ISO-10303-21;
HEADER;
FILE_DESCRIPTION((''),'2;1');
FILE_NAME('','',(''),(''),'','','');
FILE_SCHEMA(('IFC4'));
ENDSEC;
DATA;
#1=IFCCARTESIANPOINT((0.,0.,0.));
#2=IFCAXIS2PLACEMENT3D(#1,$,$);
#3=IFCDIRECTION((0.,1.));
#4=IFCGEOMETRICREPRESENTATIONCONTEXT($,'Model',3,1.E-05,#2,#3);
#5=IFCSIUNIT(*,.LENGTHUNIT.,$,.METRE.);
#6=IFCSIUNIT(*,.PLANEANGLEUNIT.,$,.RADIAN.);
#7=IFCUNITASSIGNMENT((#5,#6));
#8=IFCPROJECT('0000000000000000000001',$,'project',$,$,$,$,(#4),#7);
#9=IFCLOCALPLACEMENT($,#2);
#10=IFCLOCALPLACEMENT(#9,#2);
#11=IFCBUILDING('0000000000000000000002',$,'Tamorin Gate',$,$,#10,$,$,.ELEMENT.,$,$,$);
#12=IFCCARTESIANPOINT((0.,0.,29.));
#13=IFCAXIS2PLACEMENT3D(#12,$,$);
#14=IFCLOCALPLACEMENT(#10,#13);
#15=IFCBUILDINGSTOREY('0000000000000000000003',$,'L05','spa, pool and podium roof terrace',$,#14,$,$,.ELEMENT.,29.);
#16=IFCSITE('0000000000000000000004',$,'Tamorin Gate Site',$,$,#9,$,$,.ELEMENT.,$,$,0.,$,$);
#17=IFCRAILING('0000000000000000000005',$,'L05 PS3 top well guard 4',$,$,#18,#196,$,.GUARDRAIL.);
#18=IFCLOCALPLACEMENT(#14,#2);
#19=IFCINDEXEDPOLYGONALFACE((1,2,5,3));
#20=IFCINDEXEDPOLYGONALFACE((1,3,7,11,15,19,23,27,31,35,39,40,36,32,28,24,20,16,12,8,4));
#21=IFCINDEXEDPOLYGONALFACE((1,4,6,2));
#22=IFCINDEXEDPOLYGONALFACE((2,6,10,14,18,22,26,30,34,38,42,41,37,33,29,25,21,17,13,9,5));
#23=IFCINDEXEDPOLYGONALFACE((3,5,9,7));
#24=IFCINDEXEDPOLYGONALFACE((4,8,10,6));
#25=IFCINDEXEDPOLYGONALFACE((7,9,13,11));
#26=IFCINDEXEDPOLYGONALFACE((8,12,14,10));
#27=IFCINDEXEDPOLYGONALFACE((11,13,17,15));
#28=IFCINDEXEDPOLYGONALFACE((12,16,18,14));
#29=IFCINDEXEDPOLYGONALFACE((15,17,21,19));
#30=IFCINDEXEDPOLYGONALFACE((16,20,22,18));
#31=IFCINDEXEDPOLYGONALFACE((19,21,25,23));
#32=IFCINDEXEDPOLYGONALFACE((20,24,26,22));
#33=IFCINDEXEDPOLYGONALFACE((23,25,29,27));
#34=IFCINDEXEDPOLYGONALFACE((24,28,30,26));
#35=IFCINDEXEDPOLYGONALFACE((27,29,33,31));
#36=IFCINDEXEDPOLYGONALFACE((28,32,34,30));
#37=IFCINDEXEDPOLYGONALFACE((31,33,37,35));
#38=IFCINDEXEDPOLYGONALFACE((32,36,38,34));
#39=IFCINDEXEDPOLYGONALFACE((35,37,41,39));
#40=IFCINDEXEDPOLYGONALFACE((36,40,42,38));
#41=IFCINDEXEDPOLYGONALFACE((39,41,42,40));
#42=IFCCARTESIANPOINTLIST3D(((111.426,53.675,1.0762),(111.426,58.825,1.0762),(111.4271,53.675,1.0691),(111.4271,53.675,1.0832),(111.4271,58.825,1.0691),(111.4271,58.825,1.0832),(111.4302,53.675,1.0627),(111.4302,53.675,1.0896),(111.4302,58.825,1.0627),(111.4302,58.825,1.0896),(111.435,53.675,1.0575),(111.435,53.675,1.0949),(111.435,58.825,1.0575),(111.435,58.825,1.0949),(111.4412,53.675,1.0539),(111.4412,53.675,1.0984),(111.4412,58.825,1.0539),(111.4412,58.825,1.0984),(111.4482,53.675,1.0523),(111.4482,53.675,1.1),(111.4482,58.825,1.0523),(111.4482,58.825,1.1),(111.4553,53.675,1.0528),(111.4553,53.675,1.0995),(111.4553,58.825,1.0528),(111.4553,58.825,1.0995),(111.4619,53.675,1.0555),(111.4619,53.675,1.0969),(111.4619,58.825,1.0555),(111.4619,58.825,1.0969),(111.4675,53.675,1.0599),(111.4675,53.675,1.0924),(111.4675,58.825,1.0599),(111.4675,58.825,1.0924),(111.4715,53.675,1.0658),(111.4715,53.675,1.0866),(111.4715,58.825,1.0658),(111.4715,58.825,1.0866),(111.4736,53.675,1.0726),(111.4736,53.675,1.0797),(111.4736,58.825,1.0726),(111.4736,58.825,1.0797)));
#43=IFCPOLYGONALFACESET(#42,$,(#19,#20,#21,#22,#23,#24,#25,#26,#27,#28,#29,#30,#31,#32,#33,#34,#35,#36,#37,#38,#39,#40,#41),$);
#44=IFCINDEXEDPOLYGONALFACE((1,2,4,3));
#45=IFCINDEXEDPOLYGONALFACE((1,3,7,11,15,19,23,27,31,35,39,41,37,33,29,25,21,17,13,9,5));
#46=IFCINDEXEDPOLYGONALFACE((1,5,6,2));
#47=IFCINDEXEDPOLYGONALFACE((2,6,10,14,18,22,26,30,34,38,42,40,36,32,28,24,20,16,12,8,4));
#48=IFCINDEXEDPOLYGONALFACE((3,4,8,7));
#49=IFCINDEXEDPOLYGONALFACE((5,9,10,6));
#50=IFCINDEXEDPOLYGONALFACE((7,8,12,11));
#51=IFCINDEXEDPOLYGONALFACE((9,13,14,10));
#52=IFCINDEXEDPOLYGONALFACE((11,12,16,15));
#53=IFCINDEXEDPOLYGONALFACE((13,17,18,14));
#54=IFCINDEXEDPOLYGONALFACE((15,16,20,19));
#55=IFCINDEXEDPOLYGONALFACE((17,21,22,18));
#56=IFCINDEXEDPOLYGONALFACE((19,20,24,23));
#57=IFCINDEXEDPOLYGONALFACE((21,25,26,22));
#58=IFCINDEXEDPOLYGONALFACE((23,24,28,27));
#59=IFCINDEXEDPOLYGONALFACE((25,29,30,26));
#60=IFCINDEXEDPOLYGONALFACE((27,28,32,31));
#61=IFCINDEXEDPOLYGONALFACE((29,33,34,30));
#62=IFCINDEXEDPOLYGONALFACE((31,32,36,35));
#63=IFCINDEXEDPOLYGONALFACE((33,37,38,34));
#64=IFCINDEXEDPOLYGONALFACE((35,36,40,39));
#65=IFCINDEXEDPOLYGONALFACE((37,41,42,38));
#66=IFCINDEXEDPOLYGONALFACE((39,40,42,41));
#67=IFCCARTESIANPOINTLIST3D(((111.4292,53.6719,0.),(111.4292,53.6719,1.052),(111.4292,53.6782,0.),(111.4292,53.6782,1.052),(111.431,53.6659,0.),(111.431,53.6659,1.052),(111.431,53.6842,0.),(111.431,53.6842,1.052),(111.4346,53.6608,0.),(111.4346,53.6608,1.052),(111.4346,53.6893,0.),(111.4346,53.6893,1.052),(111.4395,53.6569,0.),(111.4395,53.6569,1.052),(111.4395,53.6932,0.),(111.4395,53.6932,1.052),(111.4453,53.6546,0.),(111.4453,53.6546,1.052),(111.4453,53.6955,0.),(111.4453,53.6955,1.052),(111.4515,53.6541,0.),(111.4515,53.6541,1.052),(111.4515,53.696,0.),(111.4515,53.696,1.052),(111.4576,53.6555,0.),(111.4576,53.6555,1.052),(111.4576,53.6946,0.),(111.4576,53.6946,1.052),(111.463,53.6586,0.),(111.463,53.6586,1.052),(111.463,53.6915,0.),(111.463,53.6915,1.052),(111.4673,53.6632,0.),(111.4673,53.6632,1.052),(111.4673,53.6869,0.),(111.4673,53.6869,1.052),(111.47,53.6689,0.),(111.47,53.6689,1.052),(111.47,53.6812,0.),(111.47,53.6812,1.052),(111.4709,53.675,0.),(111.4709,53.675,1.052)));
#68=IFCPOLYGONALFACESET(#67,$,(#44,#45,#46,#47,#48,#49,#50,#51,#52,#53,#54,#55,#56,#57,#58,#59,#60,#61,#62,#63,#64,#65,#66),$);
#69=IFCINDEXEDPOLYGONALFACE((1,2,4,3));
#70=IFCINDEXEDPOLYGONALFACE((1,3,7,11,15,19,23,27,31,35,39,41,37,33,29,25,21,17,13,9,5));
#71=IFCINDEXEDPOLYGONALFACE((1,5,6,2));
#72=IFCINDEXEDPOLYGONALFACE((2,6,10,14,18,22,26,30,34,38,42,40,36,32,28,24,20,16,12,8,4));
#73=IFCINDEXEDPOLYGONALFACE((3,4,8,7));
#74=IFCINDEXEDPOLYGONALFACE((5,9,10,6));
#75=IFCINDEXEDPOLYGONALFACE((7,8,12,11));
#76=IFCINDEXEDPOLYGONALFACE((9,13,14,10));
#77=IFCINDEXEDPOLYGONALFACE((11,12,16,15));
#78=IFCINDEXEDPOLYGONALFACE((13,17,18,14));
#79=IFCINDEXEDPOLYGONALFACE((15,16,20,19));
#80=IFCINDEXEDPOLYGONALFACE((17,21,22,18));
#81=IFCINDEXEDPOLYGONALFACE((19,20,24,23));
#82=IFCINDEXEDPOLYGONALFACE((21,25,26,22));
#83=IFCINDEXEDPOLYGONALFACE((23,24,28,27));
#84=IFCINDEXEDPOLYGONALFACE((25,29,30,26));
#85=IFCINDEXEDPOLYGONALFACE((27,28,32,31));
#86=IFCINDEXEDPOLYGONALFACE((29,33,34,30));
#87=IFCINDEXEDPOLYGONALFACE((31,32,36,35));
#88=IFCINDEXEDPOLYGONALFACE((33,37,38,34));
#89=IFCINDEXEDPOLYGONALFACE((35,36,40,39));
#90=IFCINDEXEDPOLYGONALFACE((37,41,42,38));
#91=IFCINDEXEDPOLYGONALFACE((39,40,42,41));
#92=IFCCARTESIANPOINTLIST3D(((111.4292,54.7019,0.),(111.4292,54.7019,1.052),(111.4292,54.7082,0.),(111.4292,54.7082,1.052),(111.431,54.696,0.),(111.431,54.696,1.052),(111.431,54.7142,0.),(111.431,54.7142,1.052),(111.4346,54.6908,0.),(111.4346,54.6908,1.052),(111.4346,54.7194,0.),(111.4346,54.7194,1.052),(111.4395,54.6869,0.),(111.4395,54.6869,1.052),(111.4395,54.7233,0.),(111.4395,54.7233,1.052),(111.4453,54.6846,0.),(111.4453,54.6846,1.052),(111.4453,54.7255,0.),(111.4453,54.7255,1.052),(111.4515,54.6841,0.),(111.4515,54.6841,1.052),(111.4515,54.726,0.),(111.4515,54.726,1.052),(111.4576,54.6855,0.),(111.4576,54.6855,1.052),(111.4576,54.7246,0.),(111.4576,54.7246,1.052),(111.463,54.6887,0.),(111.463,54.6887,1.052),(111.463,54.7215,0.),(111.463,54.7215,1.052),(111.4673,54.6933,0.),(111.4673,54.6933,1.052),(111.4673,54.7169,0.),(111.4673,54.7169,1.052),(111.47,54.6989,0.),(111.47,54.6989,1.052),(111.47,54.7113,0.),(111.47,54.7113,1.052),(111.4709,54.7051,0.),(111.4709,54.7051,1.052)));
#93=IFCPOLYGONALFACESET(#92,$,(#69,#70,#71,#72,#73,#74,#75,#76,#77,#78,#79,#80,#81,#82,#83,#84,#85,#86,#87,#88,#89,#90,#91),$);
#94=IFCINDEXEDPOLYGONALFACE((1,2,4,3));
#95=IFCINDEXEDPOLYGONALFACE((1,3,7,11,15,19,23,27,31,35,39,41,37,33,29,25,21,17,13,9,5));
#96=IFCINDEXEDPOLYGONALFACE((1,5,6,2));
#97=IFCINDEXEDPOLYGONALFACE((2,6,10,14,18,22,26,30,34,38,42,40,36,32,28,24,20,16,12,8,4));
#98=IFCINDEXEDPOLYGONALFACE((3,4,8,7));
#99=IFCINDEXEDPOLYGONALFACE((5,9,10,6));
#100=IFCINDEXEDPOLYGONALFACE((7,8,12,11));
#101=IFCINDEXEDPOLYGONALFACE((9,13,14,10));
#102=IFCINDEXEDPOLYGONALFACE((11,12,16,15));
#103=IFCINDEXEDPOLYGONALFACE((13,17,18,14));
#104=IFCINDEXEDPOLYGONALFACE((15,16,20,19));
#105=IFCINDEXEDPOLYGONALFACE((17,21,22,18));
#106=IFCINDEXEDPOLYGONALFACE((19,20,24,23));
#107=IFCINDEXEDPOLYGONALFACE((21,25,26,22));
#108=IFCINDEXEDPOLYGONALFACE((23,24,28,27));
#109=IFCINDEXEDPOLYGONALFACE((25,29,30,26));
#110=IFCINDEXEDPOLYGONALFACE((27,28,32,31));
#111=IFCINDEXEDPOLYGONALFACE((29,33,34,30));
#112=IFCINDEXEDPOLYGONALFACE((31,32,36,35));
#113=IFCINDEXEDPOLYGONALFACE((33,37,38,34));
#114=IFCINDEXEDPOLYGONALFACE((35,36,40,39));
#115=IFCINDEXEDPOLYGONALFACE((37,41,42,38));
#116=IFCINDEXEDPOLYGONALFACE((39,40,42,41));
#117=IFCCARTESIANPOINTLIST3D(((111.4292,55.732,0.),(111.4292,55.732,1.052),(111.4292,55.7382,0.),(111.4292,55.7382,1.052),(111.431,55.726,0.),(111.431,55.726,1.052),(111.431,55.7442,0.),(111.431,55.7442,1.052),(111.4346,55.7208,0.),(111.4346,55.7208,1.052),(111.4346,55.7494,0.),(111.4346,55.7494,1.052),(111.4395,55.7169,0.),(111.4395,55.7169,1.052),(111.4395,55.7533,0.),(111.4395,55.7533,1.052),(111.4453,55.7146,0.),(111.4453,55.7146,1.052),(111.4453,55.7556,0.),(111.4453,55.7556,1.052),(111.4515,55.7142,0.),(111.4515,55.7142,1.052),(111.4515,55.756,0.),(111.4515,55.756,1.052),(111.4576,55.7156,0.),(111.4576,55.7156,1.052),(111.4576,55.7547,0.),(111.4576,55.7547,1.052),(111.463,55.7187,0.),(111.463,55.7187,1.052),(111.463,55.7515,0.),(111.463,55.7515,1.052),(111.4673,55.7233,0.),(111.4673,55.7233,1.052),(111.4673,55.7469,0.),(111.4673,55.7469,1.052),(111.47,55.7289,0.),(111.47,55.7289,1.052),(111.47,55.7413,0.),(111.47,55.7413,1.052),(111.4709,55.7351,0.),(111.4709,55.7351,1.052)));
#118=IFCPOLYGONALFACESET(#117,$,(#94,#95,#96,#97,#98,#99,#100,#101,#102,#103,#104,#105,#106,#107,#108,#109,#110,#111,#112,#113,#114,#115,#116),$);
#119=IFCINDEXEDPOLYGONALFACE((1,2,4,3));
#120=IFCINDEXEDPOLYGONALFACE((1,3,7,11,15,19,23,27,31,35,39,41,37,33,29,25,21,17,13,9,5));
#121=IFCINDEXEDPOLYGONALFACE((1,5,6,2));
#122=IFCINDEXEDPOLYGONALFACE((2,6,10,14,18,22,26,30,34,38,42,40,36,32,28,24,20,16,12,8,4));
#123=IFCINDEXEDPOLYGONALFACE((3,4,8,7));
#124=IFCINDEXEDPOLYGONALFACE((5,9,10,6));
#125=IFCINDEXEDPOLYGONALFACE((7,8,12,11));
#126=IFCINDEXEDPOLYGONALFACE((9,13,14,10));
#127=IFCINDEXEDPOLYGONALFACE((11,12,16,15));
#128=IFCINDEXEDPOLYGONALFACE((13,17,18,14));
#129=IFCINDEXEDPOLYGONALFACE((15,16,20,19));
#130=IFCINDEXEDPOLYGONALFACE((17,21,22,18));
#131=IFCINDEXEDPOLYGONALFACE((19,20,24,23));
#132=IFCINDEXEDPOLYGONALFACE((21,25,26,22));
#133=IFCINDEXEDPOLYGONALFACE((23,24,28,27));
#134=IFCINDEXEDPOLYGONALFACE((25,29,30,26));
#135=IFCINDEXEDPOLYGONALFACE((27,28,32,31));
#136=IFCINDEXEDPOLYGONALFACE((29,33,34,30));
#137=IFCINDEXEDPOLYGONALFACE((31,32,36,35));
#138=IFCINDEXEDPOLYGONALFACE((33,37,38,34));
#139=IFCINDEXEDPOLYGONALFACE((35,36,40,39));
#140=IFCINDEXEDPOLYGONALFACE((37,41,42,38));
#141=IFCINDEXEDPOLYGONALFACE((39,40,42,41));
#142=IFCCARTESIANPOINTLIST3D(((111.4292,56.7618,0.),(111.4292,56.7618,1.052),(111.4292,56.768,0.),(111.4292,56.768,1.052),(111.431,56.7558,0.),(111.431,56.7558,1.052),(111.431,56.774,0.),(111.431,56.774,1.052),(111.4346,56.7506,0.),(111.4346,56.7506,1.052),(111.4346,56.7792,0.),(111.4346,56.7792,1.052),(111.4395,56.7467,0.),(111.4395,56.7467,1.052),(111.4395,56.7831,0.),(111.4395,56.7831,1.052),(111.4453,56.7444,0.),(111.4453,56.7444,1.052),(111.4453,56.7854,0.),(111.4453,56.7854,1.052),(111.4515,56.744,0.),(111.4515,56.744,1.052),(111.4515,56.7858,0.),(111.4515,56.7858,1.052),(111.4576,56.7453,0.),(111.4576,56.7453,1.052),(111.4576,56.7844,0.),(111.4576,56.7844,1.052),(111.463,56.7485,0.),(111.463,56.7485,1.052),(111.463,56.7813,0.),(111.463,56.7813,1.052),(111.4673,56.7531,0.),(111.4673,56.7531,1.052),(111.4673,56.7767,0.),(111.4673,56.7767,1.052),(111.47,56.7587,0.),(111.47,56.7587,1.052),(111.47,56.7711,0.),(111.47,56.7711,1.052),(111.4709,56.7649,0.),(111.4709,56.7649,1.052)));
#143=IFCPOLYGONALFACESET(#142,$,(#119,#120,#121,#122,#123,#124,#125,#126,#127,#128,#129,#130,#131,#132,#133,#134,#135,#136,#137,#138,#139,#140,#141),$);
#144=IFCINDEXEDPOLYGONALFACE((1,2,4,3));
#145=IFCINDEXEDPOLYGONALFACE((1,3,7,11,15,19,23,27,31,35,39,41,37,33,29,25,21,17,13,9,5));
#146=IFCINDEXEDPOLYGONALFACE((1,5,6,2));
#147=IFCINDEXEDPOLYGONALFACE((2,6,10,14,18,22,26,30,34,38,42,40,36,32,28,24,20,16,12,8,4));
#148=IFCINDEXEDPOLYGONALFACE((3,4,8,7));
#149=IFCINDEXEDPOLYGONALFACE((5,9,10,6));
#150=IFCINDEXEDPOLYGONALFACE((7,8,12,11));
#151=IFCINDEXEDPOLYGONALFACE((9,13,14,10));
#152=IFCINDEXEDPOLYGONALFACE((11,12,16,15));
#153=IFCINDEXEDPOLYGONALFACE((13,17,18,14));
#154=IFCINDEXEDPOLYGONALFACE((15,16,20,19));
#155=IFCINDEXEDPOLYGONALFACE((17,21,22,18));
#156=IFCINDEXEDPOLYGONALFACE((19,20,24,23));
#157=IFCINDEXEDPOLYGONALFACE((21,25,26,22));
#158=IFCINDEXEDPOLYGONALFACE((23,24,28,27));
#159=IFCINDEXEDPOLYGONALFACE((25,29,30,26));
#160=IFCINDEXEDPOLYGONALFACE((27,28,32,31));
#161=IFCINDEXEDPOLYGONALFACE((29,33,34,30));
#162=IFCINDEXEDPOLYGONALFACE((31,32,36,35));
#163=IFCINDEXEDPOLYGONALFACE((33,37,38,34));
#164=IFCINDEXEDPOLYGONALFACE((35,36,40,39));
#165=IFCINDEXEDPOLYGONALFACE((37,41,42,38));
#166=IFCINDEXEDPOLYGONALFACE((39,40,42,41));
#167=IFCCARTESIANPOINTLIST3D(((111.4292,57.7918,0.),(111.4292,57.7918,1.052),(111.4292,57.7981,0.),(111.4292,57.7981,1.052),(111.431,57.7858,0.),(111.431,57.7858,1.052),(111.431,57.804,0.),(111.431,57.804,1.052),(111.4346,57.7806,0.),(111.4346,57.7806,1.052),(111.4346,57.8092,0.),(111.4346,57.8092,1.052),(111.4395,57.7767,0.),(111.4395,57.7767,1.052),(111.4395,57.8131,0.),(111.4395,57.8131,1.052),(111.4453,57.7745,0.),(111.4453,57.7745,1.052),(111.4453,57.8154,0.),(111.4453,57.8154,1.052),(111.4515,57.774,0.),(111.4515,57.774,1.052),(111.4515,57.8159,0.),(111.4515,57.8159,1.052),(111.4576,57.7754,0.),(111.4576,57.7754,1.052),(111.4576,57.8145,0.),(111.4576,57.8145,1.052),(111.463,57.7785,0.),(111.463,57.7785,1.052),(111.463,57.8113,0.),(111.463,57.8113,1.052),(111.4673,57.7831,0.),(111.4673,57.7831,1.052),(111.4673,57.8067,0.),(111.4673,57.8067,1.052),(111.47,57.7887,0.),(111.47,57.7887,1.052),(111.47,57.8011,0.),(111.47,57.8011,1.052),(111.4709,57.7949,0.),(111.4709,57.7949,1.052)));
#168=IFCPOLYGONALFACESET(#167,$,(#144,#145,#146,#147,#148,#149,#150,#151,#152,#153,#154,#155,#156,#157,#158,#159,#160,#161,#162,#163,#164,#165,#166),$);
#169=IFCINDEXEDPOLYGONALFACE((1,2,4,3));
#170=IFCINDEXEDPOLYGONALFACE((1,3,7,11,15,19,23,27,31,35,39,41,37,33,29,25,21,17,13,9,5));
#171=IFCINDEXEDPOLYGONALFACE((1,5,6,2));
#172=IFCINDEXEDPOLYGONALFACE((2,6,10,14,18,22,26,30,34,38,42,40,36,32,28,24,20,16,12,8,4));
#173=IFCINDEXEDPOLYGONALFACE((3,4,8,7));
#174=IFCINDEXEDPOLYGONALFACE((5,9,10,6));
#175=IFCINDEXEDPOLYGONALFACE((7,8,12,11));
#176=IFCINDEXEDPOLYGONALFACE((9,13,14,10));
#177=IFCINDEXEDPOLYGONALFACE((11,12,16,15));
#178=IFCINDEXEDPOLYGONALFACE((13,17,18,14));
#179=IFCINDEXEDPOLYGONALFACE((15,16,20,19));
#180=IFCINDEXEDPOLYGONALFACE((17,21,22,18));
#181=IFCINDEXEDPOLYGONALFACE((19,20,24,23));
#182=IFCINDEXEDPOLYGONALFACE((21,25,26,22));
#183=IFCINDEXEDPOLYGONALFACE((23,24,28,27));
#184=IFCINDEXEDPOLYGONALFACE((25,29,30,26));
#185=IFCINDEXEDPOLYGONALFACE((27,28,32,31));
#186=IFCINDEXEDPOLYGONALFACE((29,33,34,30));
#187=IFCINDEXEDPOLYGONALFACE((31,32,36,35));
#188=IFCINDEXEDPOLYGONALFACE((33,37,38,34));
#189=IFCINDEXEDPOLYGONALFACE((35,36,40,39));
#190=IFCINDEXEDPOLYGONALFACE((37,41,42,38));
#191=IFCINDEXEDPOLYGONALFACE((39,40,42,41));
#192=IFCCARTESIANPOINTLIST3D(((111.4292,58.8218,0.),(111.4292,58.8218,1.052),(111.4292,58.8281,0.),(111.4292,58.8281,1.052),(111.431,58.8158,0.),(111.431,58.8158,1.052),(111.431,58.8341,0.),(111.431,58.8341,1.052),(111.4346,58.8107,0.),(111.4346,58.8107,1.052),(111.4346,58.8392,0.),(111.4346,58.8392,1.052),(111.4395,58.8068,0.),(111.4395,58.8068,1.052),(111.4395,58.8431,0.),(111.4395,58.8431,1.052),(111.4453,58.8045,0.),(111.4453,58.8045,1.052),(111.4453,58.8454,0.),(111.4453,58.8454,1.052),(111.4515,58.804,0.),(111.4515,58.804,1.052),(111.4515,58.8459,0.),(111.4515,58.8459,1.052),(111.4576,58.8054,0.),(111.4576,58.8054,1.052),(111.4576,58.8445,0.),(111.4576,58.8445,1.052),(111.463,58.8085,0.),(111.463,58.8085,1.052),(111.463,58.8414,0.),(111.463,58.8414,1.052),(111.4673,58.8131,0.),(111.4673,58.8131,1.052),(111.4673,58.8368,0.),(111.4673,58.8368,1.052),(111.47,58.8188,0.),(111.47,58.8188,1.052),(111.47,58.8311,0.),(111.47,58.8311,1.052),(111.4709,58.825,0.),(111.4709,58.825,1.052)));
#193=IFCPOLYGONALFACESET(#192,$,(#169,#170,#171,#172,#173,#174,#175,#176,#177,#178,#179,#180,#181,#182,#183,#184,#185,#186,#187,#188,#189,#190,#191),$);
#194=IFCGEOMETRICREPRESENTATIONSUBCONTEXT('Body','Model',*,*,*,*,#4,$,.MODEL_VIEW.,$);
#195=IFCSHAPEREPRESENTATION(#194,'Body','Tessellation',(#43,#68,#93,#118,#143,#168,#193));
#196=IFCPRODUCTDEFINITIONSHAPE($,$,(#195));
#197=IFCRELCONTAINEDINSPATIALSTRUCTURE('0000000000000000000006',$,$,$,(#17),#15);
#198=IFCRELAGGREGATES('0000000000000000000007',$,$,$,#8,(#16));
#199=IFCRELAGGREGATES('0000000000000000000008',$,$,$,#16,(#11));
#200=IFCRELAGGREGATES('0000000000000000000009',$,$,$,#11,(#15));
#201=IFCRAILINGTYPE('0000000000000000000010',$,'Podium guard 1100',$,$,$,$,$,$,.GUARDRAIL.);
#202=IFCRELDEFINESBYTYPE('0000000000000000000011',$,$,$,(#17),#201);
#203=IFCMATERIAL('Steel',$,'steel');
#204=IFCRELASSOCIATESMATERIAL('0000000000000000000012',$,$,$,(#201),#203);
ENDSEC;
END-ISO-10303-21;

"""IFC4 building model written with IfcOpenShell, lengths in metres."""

from ifc_helpers import new_model, si_unit, direction, frame, origin, origin_2d, place, context, subcontext, project, spatial, circle, extrude, material, type_object, element, save


model = new_model("IFC4")

# Units and contexts
model_context = context("Model", 3, precision=1e-05, world=origin(), true_north=direction((0.0, 1.0)))
body_context = subcontext(model_context, "Body", "Model", "MODEL_VIEW")
ifc_project = project(units=[si_unit("LENGTHUNIT", "METRE"), si_unit("PLANEANGLEUNIT", "RADIAN")], contexts=[model_context])

# Site, building, storey
site_placement = place(None, origin())
site = spatial("IfcSite", under=ifc_project, at=site_placement, Name="Tamorin Gate Site", CompositionType="ELEMENT", RefElevation=0.0)
building_placement = place(site_placement, origin())
building = spatial("IfcBuilding", under=site, at=building_placement, Name="Tamorin Gate", CompositionType="ELEMENT")
storey_placement = place(building_placement, frame((0.0, 0.0, 29.0)))
storey = spatial("IfcBuildingStorey", under=building, at=storey_placement, Name="L05", Description="spa, pool and podium roof terrace", CompositionType="ELEMENT", Elevation=29.0)

# Railing
ifc_material_1 = material(Name="Steel", Category="steel")
railing_type = type_object("IfcRailingType", Name="Podium guard 1100", PredefinedType="GUARDRAIL", material=ifc_material_1)
railing_placement = place(storey_placement, frame((111.45, 53.675, 0.0)))
element("IfcRailing", 1, at=railing_placement, inside=storey, type_object=railing_type, Name="L05 PS3 top well guard 4", PredefinedType="GUARDRAIL", context=body_context, shape_type="SweptSolid", body=[
    extrude(circle(Radius=0.0239, at=origin_2d()), frame((0.0, 0.0, 1.0762), z_axis=(0.0, 1.0, 0.0), x_axis=(-1.0, 0.0, 0.0)), (0.0, 0.0, 1.0), 5.1499),
    extrude(circle(Radius=0.021, at=origin_2d()), origin(), (0.0, 0.0, 1.0), 1.052),
    extrude(circle(Radius=0.021, at=origin_2d()), frame((0.0, 1.03, 0.0)), (0.0, 0.0, 1.0), 1.052),
    extrude(circle(Radius=0.021, at=origin_2d()), frame((0.0, 2.0601, 0.0)), (0.0, 0.0, 1.0), 1.052),
    extrude(circle(Radius=0.021, at=origin_2d()), frame((0.0, 3.0898, 0.0)), (0.0, 0.0, 1.0), 1.052),
    extrude(circle(Radius=0.021, at=origin_2d()), frame((0.0, 4.1199, 0.0)), (0.0, 0.0, 1.0), 1.052),
    extrude(circle(Radius=0.021, at=origin_2d()), frame((0.0, 5.1499, 0.0)), (0.0, 0.0, 1.0), 1.052),
])

save(model, "model.ifc")
